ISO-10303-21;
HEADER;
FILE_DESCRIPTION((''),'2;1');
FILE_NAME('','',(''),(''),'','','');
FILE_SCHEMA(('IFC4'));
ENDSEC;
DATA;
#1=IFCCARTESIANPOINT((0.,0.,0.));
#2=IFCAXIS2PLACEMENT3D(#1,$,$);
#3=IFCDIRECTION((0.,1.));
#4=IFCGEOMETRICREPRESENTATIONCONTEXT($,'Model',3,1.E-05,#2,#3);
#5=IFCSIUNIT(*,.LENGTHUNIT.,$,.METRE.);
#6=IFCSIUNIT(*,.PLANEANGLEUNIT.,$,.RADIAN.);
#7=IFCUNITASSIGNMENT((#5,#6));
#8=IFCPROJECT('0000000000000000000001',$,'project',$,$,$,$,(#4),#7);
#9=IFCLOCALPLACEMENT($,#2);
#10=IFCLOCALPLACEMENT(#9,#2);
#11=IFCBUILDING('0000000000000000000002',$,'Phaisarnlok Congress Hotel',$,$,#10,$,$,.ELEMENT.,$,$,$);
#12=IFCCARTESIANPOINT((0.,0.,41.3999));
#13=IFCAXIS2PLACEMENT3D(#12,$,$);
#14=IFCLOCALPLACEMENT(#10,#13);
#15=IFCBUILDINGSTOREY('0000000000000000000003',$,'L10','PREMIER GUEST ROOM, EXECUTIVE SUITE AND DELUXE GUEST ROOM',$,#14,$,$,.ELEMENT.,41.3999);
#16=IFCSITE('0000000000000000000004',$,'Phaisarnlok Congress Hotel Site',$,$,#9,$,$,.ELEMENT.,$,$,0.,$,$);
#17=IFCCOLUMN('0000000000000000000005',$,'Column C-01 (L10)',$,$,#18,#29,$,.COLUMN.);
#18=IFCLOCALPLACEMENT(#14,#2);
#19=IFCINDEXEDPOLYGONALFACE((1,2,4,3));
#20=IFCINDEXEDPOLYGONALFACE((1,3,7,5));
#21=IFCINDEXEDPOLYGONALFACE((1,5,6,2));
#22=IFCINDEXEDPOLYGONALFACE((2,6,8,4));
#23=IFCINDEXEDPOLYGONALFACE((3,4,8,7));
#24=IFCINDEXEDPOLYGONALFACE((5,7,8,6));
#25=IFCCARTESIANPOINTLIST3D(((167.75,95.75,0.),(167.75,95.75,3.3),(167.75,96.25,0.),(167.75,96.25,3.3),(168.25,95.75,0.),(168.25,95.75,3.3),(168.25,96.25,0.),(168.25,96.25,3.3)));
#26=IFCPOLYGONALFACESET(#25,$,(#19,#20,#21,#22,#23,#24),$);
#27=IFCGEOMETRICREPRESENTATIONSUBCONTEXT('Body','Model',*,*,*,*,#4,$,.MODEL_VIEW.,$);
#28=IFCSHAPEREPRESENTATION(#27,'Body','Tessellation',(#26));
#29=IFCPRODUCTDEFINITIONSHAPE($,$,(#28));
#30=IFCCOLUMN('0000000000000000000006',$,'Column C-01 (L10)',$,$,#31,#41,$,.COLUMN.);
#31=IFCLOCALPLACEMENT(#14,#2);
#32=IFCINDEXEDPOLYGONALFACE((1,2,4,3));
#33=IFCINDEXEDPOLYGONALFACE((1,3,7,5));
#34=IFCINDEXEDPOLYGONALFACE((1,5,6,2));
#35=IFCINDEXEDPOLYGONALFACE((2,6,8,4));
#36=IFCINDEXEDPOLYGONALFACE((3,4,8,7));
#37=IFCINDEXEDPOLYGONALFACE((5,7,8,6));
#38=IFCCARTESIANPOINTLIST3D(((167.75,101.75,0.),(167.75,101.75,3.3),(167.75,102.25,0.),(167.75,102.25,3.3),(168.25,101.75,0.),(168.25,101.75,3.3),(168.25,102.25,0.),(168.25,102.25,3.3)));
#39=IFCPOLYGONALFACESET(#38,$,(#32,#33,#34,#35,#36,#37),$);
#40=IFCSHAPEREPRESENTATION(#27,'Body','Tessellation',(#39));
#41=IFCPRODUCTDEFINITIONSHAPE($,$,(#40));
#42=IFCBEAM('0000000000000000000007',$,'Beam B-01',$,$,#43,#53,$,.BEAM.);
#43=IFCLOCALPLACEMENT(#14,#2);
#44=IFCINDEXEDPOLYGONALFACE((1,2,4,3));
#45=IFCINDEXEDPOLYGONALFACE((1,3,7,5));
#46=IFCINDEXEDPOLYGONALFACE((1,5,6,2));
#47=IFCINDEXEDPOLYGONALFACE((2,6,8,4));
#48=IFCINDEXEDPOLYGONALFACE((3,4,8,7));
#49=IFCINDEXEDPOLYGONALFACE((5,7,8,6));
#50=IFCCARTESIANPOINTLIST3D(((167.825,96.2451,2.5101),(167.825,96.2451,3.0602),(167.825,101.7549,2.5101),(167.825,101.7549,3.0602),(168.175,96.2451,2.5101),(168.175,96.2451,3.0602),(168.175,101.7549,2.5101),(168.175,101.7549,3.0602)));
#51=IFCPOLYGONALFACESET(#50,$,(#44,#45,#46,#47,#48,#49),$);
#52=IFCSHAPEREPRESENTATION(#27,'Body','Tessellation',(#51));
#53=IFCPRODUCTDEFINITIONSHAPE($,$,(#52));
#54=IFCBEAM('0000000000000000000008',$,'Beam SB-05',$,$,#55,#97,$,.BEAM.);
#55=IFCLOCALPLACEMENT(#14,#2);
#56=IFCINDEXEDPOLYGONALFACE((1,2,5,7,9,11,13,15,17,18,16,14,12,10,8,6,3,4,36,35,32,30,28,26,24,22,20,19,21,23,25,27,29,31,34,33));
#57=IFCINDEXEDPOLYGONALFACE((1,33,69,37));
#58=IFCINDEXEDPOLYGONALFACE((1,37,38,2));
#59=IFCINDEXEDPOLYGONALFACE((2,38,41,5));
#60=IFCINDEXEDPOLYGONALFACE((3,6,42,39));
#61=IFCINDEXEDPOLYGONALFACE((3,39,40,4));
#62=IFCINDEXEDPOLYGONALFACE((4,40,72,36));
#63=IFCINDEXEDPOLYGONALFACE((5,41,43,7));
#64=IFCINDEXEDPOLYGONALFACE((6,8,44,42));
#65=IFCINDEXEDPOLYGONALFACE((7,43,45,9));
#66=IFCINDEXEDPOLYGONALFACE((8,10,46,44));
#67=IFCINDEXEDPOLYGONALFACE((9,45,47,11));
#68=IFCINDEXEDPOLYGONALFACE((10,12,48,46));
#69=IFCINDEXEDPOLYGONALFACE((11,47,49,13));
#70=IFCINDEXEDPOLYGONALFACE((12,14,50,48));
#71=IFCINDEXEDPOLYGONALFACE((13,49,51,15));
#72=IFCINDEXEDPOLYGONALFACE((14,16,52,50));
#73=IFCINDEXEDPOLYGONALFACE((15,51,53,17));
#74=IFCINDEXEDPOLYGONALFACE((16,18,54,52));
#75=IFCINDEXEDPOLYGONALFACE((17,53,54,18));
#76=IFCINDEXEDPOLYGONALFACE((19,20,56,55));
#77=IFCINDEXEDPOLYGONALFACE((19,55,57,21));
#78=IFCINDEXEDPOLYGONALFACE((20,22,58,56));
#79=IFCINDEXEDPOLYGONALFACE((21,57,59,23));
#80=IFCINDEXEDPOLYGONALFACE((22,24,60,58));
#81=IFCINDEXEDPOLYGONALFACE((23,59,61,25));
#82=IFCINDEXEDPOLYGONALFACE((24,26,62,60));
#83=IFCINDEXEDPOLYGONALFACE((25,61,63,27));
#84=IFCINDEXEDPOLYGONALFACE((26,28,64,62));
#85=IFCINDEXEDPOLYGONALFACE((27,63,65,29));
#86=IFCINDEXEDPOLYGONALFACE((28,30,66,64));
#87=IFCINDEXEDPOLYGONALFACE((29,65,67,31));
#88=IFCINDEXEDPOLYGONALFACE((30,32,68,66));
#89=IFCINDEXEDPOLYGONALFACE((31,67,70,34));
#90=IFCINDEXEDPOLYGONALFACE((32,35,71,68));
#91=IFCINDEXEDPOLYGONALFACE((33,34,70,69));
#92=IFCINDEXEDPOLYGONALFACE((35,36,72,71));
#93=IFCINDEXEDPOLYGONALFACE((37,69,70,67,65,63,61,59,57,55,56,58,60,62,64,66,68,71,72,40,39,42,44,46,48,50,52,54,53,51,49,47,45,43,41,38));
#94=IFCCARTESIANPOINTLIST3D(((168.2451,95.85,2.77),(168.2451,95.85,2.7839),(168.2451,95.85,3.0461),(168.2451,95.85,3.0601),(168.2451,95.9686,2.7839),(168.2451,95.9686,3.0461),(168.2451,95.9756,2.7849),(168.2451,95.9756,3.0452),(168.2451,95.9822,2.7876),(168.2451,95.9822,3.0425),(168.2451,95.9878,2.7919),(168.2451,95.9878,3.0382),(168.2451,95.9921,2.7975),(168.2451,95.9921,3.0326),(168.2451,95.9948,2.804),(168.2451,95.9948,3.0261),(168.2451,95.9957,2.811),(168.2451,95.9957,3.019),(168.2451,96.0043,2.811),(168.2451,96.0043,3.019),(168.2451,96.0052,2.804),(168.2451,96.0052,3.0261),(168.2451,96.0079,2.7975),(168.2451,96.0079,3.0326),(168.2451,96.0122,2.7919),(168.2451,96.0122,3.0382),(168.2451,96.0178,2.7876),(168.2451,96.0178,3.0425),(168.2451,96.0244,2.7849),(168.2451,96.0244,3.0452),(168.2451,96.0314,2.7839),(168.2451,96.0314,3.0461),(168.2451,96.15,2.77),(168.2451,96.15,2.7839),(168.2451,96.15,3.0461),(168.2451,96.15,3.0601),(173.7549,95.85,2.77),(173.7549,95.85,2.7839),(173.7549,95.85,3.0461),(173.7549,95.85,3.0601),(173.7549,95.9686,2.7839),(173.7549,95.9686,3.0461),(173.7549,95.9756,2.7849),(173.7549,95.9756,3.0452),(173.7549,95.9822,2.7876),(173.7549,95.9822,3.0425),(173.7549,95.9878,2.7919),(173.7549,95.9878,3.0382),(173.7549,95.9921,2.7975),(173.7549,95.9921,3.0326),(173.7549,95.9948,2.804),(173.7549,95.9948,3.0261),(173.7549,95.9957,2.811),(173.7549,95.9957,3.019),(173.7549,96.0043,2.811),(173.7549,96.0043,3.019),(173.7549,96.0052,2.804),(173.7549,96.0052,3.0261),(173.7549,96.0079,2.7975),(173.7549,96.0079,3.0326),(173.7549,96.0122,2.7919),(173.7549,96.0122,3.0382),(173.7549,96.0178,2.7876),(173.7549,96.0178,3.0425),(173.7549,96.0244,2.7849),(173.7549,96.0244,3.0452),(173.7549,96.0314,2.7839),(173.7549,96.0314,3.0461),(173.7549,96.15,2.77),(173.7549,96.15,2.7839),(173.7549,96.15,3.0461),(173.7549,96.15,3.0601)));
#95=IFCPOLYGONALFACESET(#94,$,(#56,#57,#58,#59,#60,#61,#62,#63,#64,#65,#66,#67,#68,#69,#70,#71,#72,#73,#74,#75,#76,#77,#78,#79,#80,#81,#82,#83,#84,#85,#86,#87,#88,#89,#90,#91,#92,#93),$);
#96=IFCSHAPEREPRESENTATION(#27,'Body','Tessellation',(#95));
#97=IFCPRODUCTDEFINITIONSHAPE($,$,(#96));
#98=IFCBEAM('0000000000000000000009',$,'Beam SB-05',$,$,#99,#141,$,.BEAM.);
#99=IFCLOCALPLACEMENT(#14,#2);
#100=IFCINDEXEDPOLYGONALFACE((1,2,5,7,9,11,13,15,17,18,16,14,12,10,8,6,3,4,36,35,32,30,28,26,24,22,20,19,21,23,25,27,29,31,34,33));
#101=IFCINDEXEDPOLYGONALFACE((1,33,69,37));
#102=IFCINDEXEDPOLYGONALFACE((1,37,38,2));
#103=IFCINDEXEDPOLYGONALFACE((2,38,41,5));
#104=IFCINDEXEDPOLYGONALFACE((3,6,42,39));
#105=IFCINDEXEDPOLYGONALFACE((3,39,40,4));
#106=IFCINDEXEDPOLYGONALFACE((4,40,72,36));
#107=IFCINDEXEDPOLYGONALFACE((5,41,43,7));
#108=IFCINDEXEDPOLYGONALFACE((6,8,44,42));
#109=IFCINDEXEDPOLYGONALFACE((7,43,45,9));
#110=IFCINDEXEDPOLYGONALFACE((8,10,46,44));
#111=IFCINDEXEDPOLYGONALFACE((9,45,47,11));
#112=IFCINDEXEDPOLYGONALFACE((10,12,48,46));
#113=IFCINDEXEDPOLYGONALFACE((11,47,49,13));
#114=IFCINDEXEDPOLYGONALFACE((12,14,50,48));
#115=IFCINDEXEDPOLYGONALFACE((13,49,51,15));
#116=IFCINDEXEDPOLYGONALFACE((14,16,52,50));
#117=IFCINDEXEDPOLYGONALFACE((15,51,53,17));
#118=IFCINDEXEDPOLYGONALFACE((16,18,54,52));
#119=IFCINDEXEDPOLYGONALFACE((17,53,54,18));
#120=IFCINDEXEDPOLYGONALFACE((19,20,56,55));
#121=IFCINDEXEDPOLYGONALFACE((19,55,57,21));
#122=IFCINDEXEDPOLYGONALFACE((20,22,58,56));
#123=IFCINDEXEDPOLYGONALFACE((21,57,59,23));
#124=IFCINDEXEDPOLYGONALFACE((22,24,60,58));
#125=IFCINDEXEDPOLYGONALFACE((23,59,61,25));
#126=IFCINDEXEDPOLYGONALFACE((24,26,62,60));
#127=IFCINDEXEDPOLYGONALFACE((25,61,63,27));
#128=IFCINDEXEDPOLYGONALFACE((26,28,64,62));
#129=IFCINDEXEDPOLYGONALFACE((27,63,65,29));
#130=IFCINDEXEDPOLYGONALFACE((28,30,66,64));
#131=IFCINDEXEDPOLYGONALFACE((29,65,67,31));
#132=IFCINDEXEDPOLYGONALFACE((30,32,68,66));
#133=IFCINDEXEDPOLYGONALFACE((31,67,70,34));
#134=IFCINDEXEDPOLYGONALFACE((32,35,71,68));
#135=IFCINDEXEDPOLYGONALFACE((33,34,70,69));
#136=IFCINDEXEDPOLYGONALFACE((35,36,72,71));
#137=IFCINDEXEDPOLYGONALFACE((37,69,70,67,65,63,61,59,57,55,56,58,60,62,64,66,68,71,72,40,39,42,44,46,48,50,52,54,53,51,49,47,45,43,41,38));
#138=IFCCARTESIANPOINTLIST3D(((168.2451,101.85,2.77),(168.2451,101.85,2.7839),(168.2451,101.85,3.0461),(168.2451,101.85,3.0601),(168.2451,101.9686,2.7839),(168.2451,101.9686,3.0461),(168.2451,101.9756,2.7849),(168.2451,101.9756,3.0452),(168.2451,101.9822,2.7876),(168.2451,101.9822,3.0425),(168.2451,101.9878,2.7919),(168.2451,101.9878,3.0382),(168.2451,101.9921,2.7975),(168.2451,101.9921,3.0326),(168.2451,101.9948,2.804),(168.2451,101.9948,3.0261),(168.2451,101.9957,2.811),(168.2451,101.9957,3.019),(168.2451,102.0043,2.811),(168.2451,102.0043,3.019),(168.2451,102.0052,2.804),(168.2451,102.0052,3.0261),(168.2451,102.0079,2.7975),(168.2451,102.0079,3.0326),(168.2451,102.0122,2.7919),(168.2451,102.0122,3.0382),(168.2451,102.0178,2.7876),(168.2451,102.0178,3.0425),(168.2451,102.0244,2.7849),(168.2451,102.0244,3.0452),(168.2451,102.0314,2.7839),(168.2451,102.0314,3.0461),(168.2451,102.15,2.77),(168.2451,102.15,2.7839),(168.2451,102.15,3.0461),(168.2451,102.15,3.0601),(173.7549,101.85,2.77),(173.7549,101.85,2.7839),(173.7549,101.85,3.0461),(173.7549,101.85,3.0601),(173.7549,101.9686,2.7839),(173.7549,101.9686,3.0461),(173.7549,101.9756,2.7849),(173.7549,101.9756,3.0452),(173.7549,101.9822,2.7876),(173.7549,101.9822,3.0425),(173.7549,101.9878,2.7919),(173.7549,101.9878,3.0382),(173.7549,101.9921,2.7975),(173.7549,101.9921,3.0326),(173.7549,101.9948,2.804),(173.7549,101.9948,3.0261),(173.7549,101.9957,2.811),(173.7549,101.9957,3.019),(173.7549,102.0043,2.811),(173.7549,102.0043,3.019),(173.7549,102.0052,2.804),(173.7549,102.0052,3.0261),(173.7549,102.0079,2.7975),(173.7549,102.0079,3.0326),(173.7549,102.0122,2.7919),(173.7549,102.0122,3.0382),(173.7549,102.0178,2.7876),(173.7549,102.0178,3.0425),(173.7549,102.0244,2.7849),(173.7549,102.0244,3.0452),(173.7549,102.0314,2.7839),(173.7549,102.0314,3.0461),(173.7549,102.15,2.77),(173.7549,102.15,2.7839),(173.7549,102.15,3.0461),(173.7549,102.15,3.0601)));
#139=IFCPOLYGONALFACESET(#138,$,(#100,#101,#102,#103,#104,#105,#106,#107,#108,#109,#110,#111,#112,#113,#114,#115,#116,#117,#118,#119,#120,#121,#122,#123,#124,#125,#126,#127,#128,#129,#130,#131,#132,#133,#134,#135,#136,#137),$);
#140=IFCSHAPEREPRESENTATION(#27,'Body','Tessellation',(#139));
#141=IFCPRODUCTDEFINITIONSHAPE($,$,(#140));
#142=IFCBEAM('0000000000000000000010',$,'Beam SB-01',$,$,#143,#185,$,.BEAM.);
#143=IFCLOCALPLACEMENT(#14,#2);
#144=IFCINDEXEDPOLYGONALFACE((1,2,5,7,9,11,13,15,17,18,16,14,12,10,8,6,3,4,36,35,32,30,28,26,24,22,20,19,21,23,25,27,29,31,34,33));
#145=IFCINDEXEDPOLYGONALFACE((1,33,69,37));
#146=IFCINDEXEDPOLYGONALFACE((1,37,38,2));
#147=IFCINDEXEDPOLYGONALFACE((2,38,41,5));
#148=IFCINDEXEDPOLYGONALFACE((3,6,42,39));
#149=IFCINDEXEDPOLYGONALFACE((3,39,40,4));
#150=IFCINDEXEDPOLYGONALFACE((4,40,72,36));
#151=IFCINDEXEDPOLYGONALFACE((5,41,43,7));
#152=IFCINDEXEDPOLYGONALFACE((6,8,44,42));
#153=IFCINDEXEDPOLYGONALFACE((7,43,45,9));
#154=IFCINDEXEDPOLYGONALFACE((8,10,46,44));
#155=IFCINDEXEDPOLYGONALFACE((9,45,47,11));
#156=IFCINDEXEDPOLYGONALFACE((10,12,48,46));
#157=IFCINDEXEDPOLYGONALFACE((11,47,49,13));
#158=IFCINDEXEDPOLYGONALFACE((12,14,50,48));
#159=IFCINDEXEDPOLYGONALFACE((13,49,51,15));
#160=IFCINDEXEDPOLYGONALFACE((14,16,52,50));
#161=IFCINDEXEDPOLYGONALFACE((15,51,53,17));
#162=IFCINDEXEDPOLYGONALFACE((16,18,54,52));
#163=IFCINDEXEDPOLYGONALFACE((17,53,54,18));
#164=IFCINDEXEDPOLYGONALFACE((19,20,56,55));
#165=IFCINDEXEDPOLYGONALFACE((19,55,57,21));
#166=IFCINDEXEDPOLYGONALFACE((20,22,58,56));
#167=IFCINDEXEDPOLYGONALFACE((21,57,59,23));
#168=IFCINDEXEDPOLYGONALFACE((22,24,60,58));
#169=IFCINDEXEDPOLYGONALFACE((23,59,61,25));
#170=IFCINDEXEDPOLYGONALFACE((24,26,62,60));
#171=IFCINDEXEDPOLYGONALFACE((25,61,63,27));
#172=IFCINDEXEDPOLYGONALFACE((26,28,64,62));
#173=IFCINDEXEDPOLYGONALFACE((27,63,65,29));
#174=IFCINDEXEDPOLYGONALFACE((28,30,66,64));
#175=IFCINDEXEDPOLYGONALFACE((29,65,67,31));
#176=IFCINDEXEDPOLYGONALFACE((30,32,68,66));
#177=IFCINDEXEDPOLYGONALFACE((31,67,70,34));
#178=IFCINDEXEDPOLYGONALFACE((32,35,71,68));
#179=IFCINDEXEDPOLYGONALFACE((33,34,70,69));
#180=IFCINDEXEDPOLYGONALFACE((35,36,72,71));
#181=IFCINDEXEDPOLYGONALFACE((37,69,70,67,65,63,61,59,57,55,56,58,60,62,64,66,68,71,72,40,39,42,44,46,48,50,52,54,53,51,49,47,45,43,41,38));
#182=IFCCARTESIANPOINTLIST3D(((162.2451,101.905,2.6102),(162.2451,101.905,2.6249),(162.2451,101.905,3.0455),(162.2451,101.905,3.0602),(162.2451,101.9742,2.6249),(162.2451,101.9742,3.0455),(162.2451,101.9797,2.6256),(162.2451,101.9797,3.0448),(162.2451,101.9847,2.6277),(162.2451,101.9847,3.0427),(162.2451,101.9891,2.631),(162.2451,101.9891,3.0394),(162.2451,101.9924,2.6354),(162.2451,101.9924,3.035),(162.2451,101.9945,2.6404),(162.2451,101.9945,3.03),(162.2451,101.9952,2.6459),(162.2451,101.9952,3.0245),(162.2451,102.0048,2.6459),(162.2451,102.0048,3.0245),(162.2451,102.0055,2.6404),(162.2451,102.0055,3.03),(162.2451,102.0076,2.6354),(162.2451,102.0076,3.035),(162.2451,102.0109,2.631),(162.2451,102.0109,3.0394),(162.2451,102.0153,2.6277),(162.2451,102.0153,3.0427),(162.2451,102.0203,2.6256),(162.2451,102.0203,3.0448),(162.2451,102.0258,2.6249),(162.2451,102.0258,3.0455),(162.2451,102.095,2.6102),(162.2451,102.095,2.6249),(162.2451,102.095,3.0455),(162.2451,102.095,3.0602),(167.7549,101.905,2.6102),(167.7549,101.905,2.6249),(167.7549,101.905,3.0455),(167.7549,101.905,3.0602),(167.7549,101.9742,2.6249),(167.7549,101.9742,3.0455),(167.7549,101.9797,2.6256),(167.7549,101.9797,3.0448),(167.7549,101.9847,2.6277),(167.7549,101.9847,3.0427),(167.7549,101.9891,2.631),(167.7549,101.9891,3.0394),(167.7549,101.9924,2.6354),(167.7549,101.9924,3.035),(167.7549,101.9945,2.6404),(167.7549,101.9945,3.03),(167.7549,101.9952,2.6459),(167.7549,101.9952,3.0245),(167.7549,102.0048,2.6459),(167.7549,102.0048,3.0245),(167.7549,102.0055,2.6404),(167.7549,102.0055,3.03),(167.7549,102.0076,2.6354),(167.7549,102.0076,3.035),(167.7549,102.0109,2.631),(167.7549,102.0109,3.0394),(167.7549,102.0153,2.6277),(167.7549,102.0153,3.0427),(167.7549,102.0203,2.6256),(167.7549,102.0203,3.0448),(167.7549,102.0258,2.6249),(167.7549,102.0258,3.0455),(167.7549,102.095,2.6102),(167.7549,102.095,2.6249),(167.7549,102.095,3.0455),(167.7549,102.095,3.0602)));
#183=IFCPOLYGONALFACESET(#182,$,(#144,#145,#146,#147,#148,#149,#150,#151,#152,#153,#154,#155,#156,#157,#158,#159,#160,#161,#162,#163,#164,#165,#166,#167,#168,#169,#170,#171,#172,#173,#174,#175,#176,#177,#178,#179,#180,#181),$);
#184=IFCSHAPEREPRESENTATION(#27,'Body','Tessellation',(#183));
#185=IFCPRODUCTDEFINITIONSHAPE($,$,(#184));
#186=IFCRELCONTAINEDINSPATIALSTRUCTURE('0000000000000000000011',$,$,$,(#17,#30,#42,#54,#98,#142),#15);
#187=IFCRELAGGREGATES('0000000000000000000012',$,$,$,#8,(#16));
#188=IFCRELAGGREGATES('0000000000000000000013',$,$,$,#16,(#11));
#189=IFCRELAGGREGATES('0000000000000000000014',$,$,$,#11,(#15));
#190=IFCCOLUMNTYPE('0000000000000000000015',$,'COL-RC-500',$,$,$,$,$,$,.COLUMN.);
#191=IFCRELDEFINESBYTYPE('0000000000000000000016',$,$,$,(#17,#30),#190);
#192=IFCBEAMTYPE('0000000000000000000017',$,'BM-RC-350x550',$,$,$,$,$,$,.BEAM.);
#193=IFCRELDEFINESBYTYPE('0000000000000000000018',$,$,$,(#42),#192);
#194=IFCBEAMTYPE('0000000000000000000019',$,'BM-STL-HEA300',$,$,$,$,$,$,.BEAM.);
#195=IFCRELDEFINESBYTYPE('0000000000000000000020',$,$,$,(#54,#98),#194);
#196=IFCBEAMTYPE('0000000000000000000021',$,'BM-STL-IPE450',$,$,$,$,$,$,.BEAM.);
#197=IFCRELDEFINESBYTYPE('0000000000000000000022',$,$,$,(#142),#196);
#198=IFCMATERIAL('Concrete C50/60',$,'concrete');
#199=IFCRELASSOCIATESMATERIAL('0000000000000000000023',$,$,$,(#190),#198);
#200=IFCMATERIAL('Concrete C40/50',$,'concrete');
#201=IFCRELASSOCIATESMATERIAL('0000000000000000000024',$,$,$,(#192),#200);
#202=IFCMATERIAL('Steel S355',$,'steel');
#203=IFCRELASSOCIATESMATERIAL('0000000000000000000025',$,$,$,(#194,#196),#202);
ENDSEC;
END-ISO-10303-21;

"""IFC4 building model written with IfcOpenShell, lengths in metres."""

from ifc_helpers import new_model, si_unit, direction, frame, origin, origin_2d, place, context, subcontext, project, spatial, rectangle, i_section, extrude, material, material_profile, profile_set, type_object, element, save


model = new_model("IFC4")

# Units and contexts
model_context = context("Model", 3, precision=1e-05, world=origin(), true_north=direction((0.0, 1.0)))
body_context = subcontext(model_context, "Body", "Model", "MODEL_VIEW")
ifc_project = project(units=[si_unit("LENGTHUNIT", "METRE"), si_unit("PLANEANGLEUNIT", "RADIAN")], contexts=[model_context])

# Site, building, storey
site_placement = place(None, origin())
site = spatial("IfcSite", under=ifc_project, at=site_placement, Name="Phaisarnlok Congress Hotel Site", CompositionType="ELEMENT", RefElevation=0.0)
building_placement = place(site_placement, origin())
building = spatial("IfcBuilding", under=site, at=building_placement, Name="Phaisarnlok Congress Hotel", CompositionType="ELEMENT")
storey_placement = place(building_placement, frame((0.0, 0.0, 41.3999)))
storey = spatial("IfcBuildingStorey", under=building, at=storey_placement, Name="L10", Description="PREMIER GUEST ROOM, EXECUTIVE SUITE AND DELUXE GUEST ROOM", CompositionType="ELEMENT", Elevation=41.3999)

# Columns
ifc_material_1 = material(Name="Concrete C50/60", Category="concrete")
ifc_material_profile_1 = material_profile(ifc_material_1, rectangle(XDim=0.5, YDim=0.5, at=origin_2d()), Name="RC 500x500")
ifc_profile_set_1 = profile_set([ifc_material_profile_1], Name="Concrete C50/60")
column_type = type_object("IfcColumnType", Name="COL-RC-500", PredefinedType="COLUMN", material=ifc_profile_set_1)
for number, where, z_axis, x_axis, name in (
    (1, (168.0, 96.0, 0.0), (0.0, 0.0, 1.0), (1.0, 0.0, 0.0), "Column C-01 (L10)"),
    (2, (168.0, 102.0, 0.0), (0.0, 0.0, 1.0), (1.0, 0.0, 0.0), "Column C-01 (L10)"),
):
    element("IfcColumn", number, at=place(storey_placement, frame(where, z_axis=z_axis, x_axis=x_axis)), inside=storey, type_object=column_type, Name=name, PredefinedType="COLUMN", context=body_context, shape_type="SweptSolid", body=[
        extrude(rectangle(XDim=0.5, YDim=0.5, at=origin_2d()), origin(), (0.0, 0.0, 1.0), 3.3),
    ])

# Beams
ifc_material_2 = material(Name="Concrete C40/50", Category="concrete")
ifc_material_profile_2 = material_profile(ifc_material_2, rectangle(XDim=0.3501, YDim=0.55, at=origin_2d()), Name="RC 350x550")
ifc_profile_set_2 = profile_set([ifc_material_profile_2], Name="Concrete C40/50")
beam_type_1 = type_object("IfcBeamType", Name="BM-RC-350x550", PredefinedType="BEAM", material=ifc_profile_set_2)
beam_1_placement = place(storey_placement, frame((168.0, 96.2451, 2.7852), z_axis=(0.0, 1.0, 0.0), x_axis=(-1.0, 0.0, 0.0)))
element("IfcBeam", 3, at=beam_1_placement, inside=storey, type_object=beam_type_1, Name="Beam B-01", PredefinedType="BEAM", context=body_context, shape_type="SweptSolid", body=[
    extrude(rectangle(XDim=0.3501, YDim=0.55, at=origin_2d()), origin(), (0.0, 0.0, 1.0), 5.5098),
])
ifc_material_3 = material(Name="Steel S355", Category="steel")
ifc_material_profile_3 = material_profile(ifc_material_3, i_section(OverallWidth=0.3, OverallDepth=0.29, WebThickness=0.0085, FlangeThickness=0.0139, FilletRadius=0.0271, at=origin_2d()), Name="HEA 300")
ifc_profile_set_3 = profile_set([ifc_material_profile_3], Name="Steel S355")
beam_type_2 = type_object("IfcBeamType", Name="BM-STL-HEA300", PredefinedType="BEAM", material=ifc_profile_set_3)
for number, where, z_axis, x_axis, name in (
    (4, (168.2451, 96.0, 2.915), (1.0, 0.0, 0.0), (0.0, 1.0, 0.0), "Beam SB-05"),
    (5, (168.2451, 102.0, 2.915), (1.0, 0.0, 0.0), (0.0, 1.0, 0.0), "Beam SB-05"),
):
    element("IfcBeam", number, at=place(storey_placement, frame(where, z_axis=z_axis, x_axis=x_axis)), inside=storey, type_object=beam_type_2, Name=name, PredefinedType="BEAM", context=body_context, shape_type="SweptSolid", body=[
        extrude(i_section(OverallWidth=0.3, OverallDepth=0.29, WebThickness=0.0085, FlangeThickness=0.0139, FilletRadius=0.0271, at=origin_2d()), origin(), (0.0, 0.0, 1.0), 5.5098),
    ])
ifc_material_profile_4 = material_profile(ifc_material_3, i_section(OverallWidth=0.1899, OverallDepth=0.45, WebThickness=0.0095, FlangeThickness=0.0146, FilletRadius=0.021, at=origin_2d()), Name="IPE 450")
ifc_profile_set_4 = profile_set([ifc_material_profile_4], Name="Steel S355")
beam_type_3 = type_object("IfcBeamType", Name="BM-STL-IPE450", PredefinedType="BEAM", material=ifc_profile_set_4)
beam_2_placement = place(storey_placement, frame((162.2451, 102.0, 2.8352), z_axis=(1.0, 0.0, 0.0), x_axis=(0.0, 1.0, 0.0)))
element("IfcBeam", 6, at=beam_2_placement, inside=storey, type_object=beam_type_3, Name="Beam SB-01", PredefinedType="BEAM", context=body_context, shape_type="SweptSolid", body=[
    extrude(i_section(OverallWidth=0.1899, OverallDepth=0.45, WebThickness=0.0095, FlangeThickness=0.0146, FilletRadius=0.021, at=origin_2d()), origin(), (0.0, 0.0, 1.0), 5.5098),
])

save(model, "model.ifc")
